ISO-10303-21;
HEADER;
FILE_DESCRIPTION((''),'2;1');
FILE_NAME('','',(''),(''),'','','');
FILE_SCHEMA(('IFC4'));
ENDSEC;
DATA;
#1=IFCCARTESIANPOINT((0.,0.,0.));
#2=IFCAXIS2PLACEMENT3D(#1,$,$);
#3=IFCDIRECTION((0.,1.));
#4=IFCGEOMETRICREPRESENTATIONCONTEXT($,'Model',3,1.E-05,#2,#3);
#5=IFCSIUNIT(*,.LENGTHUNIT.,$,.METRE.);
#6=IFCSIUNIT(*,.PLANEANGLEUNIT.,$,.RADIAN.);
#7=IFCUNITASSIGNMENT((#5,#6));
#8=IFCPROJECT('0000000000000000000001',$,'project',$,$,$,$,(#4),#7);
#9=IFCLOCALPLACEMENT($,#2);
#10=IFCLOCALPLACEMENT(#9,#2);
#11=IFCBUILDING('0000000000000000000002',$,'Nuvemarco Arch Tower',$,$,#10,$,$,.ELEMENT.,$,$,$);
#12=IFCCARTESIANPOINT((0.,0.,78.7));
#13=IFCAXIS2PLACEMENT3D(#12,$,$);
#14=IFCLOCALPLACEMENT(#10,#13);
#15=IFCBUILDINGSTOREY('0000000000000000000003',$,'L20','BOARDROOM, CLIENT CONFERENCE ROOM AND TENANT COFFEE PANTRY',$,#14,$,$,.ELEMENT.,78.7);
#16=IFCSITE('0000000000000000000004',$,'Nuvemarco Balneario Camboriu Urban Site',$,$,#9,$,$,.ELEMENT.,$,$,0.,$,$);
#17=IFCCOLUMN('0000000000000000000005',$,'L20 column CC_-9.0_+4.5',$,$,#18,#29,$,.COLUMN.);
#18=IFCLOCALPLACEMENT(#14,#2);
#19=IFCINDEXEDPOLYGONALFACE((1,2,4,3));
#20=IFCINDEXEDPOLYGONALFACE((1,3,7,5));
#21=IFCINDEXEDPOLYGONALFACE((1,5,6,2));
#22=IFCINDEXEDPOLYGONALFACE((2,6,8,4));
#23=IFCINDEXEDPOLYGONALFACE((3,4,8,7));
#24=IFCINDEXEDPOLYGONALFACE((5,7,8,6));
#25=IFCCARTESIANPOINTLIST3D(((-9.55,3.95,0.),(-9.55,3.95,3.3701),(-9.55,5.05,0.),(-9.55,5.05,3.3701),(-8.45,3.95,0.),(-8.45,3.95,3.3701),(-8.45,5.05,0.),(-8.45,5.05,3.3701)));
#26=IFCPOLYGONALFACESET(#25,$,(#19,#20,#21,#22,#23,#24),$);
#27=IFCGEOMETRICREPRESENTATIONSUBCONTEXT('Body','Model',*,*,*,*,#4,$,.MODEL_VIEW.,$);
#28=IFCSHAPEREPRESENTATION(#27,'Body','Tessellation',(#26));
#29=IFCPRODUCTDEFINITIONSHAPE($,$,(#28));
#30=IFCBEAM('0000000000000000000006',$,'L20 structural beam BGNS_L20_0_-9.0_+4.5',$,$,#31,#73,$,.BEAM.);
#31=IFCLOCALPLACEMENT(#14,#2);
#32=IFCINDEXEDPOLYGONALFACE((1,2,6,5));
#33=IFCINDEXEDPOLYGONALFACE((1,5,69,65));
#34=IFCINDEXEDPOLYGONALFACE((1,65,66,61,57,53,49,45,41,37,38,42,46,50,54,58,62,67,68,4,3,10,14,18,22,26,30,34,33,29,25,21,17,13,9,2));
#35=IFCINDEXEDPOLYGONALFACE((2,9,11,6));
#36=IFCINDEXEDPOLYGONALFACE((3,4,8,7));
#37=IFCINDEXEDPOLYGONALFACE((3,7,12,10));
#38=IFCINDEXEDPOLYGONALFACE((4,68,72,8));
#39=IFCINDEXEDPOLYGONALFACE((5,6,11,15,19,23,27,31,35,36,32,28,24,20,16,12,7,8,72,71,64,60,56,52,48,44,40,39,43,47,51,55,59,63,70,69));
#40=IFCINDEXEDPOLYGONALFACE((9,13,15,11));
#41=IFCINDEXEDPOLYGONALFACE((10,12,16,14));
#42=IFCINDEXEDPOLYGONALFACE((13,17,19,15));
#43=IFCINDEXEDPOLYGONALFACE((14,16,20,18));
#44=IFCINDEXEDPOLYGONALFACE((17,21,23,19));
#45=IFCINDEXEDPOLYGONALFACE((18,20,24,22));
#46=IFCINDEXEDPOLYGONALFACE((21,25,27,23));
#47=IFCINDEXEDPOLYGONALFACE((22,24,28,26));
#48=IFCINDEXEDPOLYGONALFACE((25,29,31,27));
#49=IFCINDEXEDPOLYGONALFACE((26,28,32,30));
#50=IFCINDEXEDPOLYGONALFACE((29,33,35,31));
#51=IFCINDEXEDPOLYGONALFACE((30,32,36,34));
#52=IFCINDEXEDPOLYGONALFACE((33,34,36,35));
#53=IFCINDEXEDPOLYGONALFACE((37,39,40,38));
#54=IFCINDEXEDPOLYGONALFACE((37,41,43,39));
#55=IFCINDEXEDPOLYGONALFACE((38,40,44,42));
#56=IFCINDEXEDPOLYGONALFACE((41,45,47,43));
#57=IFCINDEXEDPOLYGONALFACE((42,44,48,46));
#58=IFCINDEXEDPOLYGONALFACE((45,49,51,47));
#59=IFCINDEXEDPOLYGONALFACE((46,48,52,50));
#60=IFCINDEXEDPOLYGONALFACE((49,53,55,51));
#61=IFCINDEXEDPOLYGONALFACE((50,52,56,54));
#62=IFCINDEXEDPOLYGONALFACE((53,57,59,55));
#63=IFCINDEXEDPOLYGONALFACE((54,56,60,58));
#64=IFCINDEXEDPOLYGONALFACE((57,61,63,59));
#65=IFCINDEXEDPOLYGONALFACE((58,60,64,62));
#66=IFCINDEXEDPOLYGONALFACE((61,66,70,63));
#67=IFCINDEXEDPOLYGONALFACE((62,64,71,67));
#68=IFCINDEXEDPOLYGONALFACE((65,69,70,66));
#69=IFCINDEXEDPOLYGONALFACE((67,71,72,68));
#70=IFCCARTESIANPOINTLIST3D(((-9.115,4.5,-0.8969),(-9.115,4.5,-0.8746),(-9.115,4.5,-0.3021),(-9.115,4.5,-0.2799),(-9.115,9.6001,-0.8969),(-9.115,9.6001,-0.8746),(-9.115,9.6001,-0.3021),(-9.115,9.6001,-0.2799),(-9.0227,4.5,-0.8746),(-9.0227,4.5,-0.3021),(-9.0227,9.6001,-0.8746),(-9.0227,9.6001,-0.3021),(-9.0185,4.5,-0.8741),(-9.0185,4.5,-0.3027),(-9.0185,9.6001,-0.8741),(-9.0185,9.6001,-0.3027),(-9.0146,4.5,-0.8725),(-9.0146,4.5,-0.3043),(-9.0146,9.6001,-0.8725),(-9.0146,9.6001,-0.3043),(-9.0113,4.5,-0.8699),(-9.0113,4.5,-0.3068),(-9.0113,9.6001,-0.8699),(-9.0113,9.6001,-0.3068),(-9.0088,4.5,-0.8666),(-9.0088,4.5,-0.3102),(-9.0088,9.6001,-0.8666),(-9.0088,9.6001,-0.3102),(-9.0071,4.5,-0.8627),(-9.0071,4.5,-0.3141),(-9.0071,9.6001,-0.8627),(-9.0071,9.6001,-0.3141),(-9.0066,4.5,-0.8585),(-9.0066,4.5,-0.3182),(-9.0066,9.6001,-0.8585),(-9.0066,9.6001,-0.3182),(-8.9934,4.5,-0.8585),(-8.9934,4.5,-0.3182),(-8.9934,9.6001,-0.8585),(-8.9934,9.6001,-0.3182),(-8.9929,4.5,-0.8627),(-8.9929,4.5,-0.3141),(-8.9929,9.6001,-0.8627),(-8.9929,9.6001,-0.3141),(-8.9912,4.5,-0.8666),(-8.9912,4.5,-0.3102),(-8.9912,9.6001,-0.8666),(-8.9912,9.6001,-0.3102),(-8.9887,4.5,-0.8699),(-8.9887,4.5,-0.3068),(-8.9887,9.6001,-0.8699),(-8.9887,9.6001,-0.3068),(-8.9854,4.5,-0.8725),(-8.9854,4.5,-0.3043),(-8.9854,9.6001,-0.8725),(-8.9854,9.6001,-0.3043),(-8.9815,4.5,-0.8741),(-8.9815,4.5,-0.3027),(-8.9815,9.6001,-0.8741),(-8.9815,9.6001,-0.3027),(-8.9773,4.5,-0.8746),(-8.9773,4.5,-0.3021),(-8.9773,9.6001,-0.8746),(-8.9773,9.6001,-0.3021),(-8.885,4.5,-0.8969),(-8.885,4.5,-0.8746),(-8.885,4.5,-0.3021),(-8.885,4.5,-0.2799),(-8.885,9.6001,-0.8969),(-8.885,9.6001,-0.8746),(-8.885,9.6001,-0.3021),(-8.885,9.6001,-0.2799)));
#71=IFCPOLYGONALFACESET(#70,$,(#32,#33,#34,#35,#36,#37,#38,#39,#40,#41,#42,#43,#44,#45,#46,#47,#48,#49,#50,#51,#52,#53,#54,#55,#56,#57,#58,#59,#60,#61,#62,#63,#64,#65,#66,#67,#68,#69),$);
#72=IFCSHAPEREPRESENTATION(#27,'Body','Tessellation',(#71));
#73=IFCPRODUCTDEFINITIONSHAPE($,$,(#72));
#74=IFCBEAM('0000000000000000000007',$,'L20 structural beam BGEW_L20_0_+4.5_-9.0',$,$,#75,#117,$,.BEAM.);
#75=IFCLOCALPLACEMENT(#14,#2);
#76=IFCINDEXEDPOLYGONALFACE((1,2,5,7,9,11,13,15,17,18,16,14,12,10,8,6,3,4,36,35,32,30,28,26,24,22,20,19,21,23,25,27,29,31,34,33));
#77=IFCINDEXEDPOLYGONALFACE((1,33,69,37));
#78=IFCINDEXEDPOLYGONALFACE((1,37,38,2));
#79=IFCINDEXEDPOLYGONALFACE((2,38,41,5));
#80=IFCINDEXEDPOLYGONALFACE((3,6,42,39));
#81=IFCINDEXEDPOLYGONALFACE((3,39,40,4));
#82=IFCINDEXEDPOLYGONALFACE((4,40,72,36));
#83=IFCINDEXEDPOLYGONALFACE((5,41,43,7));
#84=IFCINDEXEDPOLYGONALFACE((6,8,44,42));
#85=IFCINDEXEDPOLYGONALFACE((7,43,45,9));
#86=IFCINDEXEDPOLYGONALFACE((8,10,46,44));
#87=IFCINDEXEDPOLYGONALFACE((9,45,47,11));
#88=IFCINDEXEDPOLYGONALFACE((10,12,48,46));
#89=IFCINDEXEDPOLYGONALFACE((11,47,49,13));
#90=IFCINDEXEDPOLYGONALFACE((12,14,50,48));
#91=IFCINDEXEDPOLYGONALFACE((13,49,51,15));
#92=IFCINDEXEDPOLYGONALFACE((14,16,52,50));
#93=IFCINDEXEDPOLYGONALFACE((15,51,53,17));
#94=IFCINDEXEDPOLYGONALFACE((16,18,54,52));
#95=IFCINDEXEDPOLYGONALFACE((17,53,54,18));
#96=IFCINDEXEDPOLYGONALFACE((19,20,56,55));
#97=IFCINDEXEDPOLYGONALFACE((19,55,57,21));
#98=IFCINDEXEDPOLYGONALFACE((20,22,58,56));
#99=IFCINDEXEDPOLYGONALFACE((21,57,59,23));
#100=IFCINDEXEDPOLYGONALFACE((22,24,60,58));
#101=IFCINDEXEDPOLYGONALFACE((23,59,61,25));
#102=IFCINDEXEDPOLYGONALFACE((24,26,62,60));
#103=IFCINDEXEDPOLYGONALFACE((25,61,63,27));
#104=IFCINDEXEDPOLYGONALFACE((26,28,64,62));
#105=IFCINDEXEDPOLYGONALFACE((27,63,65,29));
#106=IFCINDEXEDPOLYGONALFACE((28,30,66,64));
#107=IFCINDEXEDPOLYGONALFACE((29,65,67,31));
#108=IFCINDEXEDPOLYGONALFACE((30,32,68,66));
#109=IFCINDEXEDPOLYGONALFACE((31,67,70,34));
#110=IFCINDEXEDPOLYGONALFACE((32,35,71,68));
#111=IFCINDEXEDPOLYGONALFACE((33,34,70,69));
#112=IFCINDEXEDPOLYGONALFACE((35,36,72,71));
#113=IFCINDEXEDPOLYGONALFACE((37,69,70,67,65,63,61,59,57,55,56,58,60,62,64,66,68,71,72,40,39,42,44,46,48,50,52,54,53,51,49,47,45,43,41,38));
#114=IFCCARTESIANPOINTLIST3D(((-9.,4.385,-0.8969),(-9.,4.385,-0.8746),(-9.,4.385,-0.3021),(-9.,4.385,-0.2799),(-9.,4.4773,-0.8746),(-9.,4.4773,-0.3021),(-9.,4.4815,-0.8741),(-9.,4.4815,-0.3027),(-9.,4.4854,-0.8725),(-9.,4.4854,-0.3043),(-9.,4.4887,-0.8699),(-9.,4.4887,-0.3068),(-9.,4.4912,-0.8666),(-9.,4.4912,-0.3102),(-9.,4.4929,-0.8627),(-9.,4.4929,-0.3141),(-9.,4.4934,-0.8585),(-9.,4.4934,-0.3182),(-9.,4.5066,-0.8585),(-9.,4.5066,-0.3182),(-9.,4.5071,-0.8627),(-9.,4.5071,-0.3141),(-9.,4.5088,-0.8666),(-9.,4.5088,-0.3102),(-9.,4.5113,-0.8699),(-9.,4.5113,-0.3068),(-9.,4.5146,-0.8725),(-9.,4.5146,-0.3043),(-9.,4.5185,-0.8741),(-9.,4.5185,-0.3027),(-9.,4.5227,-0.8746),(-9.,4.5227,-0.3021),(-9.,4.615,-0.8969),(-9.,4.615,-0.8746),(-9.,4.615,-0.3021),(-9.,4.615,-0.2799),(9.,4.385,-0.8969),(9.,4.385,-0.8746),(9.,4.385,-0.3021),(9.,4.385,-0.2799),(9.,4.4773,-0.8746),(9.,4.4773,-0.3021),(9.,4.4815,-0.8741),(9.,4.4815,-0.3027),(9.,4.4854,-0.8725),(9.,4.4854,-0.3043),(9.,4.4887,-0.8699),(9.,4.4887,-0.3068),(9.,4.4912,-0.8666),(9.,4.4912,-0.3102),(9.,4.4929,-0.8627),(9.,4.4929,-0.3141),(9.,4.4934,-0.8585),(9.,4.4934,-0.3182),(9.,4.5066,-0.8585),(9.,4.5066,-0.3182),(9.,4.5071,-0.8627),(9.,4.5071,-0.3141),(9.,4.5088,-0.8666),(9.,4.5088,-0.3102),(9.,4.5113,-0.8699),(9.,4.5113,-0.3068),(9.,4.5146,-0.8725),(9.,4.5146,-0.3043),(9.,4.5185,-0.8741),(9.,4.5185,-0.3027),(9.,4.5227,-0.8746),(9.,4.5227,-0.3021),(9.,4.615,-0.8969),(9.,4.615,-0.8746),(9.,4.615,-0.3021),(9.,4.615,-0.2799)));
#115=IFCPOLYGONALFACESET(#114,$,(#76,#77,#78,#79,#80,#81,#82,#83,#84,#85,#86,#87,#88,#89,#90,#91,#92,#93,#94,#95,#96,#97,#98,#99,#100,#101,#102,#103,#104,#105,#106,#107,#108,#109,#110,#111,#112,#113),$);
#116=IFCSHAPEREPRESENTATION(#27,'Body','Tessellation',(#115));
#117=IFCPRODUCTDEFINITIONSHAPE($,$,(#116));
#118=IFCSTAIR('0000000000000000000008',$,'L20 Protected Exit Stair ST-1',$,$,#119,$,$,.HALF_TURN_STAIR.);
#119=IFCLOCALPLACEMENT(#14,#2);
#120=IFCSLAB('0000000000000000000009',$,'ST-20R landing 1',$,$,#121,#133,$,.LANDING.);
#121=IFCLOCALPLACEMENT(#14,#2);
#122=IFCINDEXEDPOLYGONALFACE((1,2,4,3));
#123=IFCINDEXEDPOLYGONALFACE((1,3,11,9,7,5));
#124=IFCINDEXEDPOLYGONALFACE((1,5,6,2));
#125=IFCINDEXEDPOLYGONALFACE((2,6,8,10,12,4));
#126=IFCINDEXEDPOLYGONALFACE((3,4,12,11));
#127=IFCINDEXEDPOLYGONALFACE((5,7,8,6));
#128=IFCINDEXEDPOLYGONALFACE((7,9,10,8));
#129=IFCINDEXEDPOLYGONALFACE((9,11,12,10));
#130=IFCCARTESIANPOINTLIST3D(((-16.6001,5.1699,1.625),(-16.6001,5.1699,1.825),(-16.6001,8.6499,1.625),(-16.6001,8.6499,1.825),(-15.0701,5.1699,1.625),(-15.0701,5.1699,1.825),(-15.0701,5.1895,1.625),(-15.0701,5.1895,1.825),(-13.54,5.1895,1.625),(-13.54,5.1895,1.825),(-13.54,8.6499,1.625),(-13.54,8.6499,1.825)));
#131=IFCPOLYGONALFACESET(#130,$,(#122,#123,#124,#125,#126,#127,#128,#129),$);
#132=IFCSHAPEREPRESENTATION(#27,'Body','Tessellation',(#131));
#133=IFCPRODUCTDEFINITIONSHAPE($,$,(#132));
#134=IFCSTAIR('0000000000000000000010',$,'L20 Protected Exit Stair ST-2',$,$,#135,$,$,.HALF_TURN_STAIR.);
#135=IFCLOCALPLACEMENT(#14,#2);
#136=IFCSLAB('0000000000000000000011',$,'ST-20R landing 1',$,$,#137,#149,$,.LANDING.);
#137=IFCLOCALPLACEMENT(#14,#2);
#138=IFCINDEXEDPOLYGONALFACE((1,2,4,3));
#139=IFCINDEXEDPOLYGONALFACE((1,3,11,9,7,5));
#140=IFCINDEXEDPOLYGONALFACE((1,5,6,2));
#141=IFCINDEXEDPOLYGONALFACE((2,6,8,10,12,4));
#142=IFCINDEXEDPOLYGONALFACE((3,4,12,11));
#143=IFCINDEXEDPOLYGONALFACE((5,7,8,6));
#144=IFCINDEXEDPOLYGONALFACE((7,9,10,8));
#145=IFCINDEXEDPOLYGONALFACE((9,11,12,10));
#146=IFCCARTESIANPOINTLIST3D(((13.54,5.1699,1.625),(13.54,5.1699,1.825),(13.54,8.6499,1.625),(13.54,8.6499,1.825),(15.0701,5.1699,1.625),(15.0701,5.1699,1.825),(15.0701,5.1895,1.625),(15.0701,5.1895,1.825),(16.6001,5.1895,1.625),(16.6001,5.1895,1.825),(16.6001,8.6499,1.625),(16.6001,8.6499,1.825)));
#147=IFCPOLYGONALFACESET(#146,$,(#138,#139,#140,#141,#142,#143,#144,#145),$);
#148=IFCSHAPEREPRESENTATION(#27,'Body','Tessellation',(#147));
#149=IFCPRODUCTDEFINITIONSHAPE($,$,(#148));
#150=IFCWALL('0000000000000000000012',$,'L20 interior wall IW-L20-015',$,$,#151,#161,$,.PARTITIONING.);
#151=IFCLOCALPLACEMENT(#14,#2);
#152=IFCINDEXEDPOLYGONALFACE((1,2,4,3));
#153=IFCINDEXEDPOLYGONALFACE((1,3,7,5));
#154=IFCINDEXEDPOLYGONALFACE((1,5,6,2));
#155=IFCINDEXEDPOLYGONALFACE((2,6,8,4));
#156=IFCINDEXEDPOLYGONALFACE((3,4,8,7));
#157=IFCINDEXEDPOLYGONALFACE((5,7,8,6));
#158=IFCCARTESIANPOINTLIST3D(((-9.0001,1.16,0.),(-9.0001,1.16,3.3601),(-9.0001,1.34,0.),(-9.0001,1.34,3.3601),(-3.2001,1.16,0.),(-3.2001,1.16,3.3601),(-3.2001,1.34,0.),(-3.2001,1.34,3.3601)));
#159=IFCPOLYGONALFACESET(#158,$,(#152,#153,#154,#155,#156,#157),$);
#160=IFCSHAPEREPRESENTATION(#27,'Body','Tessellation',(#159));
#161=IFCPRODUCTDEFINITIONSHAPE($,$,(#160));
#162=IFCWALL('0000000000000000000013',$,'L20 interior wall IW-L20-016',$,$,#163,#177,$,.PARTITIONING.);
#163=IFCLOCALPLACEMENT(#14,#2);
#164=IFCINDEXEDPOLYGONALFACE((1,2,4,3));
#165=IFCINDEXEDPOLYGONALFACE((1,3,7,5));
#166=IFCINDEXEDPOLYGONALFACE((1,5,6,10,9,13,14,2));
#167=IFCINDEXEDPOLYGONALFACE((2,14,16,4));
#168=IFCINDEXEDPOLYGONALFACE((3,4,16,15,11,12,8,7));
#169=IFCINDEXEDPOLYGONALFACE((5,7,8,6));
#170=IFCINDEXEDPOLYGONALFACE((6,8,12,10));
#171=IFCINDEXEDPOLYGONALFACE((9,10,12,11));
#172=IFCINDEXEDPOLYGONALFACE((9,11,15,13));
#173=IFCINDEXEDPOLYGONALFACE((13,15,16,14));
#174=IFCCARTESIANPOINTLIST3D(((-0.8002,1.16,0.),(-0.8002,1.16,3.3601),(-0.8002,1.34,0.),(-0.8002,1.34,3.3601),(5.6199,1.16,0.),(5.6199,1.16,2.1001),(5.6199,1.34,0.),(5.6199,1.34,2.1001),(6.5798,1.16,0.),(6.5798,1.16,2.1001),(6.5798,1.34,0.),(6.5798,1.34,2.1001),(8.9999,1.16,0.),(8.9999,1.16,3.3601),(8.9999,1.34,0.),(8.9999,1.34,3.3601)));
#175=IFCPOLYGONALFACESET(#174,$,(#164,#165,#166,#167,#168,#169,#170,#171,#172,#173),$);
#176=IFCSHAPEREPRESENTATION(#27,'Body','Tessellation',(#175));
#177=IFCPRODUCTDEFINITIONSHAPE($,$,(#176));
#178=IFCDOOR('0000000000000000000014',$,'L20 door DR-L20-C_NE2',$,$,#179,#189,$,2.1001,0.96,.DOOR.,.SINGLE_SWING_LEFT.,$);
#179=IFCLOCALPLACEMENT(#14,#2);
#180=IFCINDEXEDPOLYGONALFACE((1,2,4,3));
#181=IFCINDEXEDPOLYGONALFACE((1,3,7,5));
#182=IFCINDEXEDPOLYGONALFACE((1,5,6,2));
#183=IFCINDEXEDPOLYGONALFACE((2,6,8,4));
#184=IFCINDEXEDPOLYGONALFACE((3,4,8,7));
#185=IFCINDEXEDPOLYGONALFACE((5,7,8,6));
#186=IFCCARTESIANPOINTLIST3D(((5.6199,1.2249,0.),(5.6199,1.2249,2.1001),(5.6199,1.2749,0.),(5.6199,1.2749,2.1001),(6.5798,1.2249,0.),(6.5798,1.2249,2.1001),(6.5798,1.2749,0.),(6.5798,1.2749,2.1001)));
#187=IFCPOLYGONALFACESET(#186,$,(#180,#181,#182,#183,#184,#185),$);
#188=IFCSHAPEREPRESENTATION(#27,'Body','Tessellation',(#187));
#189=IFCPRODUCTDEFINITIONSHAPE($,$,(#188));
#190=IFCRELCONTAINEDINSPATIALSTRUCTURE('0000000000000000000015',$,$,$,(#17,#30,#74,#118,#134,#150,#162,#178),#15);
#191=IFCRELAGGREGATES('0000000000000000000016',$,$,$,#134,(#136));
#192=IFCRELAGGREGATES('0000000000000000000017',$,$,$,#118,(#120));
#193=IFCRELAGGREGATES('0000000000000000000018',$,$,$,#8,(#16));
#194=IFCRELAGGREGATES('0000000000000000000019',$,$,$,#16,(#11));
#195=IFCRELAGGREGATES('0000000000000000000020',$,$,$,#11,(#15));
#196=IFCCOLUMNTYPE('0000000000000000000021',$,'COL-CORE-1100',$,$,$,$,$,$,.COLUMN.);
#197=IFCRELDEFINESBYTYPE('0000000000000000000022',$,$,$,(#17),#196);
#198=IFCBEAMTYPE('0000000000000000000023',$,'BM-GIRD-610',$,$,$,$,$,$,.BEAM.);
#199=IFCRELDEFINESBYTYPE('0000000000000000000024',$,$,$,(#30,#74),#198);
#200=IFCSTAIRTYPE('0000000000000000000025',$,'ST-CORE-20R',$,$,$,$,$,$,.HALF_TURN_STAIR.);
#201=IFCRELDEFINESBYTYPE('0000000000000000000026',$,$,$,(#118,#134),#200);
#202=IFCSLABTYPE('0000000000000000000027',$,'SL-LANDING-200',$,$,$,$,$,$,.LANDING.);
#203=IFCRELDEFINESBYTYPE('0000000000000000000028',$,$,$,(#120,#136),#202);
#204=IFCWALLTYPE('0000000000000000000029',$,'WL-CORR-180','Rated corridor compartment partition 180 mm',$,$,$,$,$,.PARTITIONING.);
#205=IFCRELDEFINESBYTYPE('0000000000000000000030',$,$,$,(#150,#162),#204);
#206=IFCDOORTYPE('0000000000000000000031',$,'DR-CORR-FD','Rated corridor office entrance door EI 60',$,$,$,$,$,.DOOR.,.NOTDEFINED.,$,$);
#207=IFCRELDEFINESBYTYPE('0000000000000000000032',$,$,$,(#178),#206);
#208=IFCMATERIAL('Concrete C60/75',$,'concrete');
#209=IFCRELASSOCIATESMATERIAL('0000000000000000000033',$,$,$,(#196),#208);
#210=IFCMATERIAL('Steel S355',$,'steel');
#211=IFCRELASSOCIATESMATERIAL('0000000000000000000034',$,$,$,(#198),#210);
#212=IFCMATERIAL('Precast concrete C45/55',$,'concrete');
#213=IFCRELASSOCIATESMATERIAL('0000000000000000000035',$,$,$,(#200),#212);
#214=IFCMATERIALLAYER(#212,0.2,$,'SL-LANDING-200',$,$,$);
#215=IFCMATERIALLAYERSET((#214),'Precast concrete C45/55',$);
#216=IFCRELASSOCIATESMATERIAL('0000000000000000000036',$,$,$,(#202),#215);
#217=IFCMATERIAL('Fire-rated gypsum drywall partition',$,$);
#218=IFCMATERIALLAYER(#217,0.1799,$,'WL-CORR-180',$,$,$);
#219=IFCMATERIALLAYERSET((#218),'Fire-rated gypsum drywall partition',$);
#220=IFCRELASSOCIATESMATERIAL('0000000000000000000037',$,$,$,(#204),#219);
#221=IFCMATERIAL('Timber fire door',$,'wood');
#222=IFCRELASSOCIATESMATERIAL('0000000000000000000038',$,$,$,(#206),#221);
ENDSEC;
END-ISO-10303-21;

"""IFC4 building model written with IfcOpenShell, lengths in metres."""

from ifc_helpers import new_model, si_unit, direction, frame, frame_2d, origin, origin_2d, place, context, subcontext, project, spatial, polyline, rectangle, i_section, outline, extrude, source, transform, mapped, material, layer, layer_set, material_profile, profile_set, type_object, type_shapes, element, fill, aggregate, save


model = new_model("IFC4")

# Units and contexts
model_context = context("Model", 3, precision=1e-05, world=origin(), true_north=direction((0.0, 1.0)))
body_context = subcontext(model_context, "Body", "Model", "MODEL_VIEW")
ifc_project = project(units=[si_unit("LENGTHUNIT", "METRE"), si_unit("PLANEANGLEUNIT", "RADIAN")], contexts=[model_context])

# Site, building, storey
site_placement = place(None, origin())
site = spatial("IfcSite", under=ifc_project, at=site_placement, Name="Nuvemarco Balneario Camboriu Urban Site", CompositionType="ELEMENT", RefElevation=0.0)
building_placement = place(site_placement, origin())
building = spatial("IfcBuilding", under=site, at=building_placement, Name="Nuvemarco Arch Tower", CompositionType="ELEMENT")
storey_placement = place(building_placement, frame((0.0, 0.0, 78.7)))
storey = spatial("IfcBuildingStorey", under=building, at=storey_placement, Name="L20", Description="BOARDROOM, CLIENT CONFERENCE ROOM AND TENANT COFFEE PANTRY", CompositionType="ELEMENT", Elevation=78.7)

# Column
ifc_material_1 = material(Name="Concrete C60/75", Category="concrete")
ifc_material_profile_1 = material_profile(ifc_material_1, rectangle(XDim=1.1001, YDim=1.1001, at=origin_2d()), Name="RC-COL-1100x1100")
ifc_profile_set_1 = profile_set([ifc_material_profile_1], Name="Concrete C60/75")
column_type = type_object("IfcColumnType", Name="COL-CORE-1100", PredefinedType="COLUMN", material=ifc_profile_set_1)
column_placement = place(storey_placement, frame((-9.0, 4.5, 0.0), z_axis=(0.0, 0.0, 1.0), x_axis=(1.0, 0.0, 0.0)))
element("IfcColumn", 1, at=column_placement, inside=storey, type_object=column_type, Name="L20 column CC_-9.0_+4.5", PredefinedType="COLUMN", context=body_context, shape_type="SweptSolid", body=[
    extrude(rectangle(XDim=1.1001, YDim=1.1001, at=origin_2d()), origin(), (0.0, 0.0, 1.0), 3.3701),
])

# Beams
ifc_material_2 = material(Name="Steel S355", Category="steel")
ifc_material_profile_2 = material_profile(ifc_material_2, i_section(OverallWidth=0.23, OverallDepth=0.6169, WebThickness=0.0132, FlangeThickness=0.0222, FilletRadius=0.0161, at=origin_2d()), Name="W610x140")
ifc_profile_set_2 = profile_set([ifc_material_profile_2], Name="Steel S355")
beam_type = type_object("IfcBeamType", Name="BM-GIRD-610", PredefinedType="BEAM", material=ifc_profile_set_2)
beam_1_placement = place(storey_placement, frame((-9.0, 4.5, -0.5884), z_axis=(0.0, 1.0, 0.0), x_axis=(-1.0, 0.0, 0.0)))
element("IfcBeam", 2, at=beam_1_placement, inside=storey, type_object=beam_type, Name="L20 structural beam BGNS_L20_0_-9.0_+4.5", PredefinedType="BEAM", context=body_context, shape_type="SweptSolid", body=[
    extrude(i_section(OverallWidth=0.23, OverallDepth=0.6169, WebThickness=0.0132, FlangeThickness=0.0222, FilletRadius=0.0161, at=origin_2d()), origin(), (0.0, 0.0, 1.0), 5.1001),
])
beam_2_placement = place(storey_placement, frame((-9.0, 4.5, -0.5884), z_axis=(1.0, 0.0, 0.0), x_axis=(0.0, 1.0, 0.0)))
element("IfcBeam", 3, at=beam_2_placement, inside=storey, type_object=beam_type, Name="L20 structural beam BGEW_L20_0_+4.5_-9.0", PredefinedType="BEAM", context=body_context, shape_type="SweptSolid", body=[
    extrude(i_section(OverallWidth=0.23, OverallDepth=0.6169, WebThickness=0.0132, FlangeThickness=0.0222, FilletRadius=0.0161, at=origin_2d()), origin(), (0.0, 0.0, 1.0), 18.0),
])

# Stairs, slabs
ifc_material_3 = material(Name="Precast concrete C45/55", Category="concrete")
stair_type = type_object("IfcStairType", Name="ST-CORE-20R", PredefinedType="HALF_TURN_STAIR", material=ifc_material_3)
stair_1_placement = place(storey_placement, origin())
stair_1 = element("IfcStair", 4, at=stair_1_placement, inside=storey, type_object=stair_type, Name="L20 Protected Exit Stair ST-1", PredefinedType="HALF_TURN_STAIR")
ifc_layer_1 = layer(ifc_material_3, 0.2, Name="SL-LANDING-200")
ifc_layer_set_1 = layer_set([ifc_layer_1], Name="Precast concrete C45/55")
slab_type = type_object("IfcSlabType", Name="SL-LANDING-200", PredefinedType="LANDING", material=ifc_layer_set_1)
slab_1_placement = place(storey_placement, frame((0.0, 0.0, 1.625)))
slab_1 = element("IfcSlab", 5, at=slab_1_placement, type_object=slab_type, Name="ST-20R landing 1", PredefinedType="LANDING", context=body_context, shape_type="SweptSolid", body=[
    extrude(outline(polyline([(-13.54, 5.1895), (-13.54, 8.6499), (-16.6001, 8.6499), (-16.6001, 5.1699), (-15.0701, 5.1699), (-15.0701, 5.1895), (-13.54, 5.1895)])), origin(), (0.0, 0.0, 1.0), 0.2),
])
stair_2_placement = place(storey_placement, origin())
stair_2 = element("IfcStair", 6, at=stair_2_placement, inside=storey, type_object=stair_type, Name="L20 Protected Exit Stair ST-2", PredefinedType="HALF_TURN_STAIR")
slab_2_placement = place(storey_placement, frame((0.0, 0.0, 1.625)))
slab_2 = element("IfcSlab", 7, at=slab_2_placement, type_object=slab_type, Name="ST-20R landing 1", PredefinedType="LANDING", context=body_context, shape_type="SweptSolid", body=[
    extrude(outline(polyline([(16.6001, 5.1895), (16.6001, 8.6499), (13.54, 8.6499), (13.54, 5.1699), (15.0701, 5.1699), (15.0701, 5.1895), (16.6001, 5.1895)])), origin(), (0.0, 0.0, 1.0), 0.2),
])
aggregate(stair_2, [slab_2])

# Wall
ifc_material_4 = material(Name="Fire-rated gypsum drywall partition")
ifc_layer_2 = layer(ifc_material_4, 0.1799, Name="WL-CORR-180")
ifc_layer_set_2 = layer_set([ifc_layer_2], Name="Fire-rated gypsum drywall partition")
wall_type_1 = type_object("IfcWallType", Name="WL-CORR-180", Description="Rated corridor compartment partition 180 mm", PredefinedType="PARTITIONING", material=ifc_layer_set_2)
wall_1_placement = place(storey_placement, frame((-9.0, 1.25, 0.0), z_axis=(0.0, 0.0, 1.0), x_axis=(1.0, 0.0, 0.0)))
element("IfcWall", 8, at=wall_1_placement, inside=storey, type_object=wall_type_1, Name="L20 interior wall IW-L20-015", PredefinedType="PARTITIONING", context=body_context, shape_type="SweptSolid", body=[
    extrude(rectangle(XDim=5.8, YDim=0.1799, at=frame_2d((2.8999, 0.0))), origin(), (0.0, 0.0, 1.0), 3.3601),
])

# Wall, opening, door
wall_2_placement = place(storey_placement, frame((-0.8, 1.25, 0.0), z_axis=(0.0, 0.0, 1.0), x_axis=(1.0, 0.0, 0.0)))
wall_2 = element("IfcWall", 9, at=wall_2_placement, inside=storey, type_object=wall_type_1, Name="L20 interior wall IW-L20-016", PredefinedType="PARTITIONING", context=body_context, shape_type="SweptSolid", body=[
    extrude(rectangle(XDim=9.8, YDim=0.1799, at=frame_2d((4.8999, 0.0))), origin(), (0.0, 0.0, 1.0), 3.3601),
])
opening_1_placement = place(wall_2_placement, frame((6.4199, 0.0, 0.0)))
opening_1 = element("IfcOpeningElement", 10, at=opening_1_placement, cuts=wall_2, PredefinedType="OPENING", context=body_context, shape_type="SweptSolid", body=[
    extrude(rectangle(XDim=0.96, YDim=2.1001, at=frame_2d((0.48, 1.05))), frame((0.0, 0.0999, 0.0), z_axis=(0.0, -1.0, 0.0), x_axis=(1.0, 0.0, 0.0)), (0.0, 0.0, 1.0), 0.2),
])
ifc_material_5 = material(Name="Timber fire door", Category="wood")
door_type_1 = type_object("IfcDoorType", Name="DR-CORR-FD", Description="Rated corridor office entrance door EI 60", OperationType="NOTDEFINED", PredefinedType="DOOR", material=ifc_material_5)
shared_shape_1 = source(origin(), body_context, "Body", "SweptSolid", [
    extrude(rectangle(XDim=0.96, YDim=2.1001, at=frame_2d((0.48, 1.05))), frame((0.0, 0.0249, 0.0), z_axis=(0.0, -1.0, 0.0), x_axis=(1.0, 0.0, 0.0)), (0.0, 0.0, 1.0), 0.05),
])
type_shapes(door_type_1, [shared_shape_1])
door_1_placement = place(opening_1_placement, origin())
door_1 = element("IfcDoor", 11, at=door_1_placement, inside=storey, type_object=door_type_1, Name="L20 door DR-L20-C_NE2", OperationType="SINGLE_SWING_LEFT", OverallHeight=2.1001, OverallWidth=0.96, PredefinedType="DOOR", context=body_context, shape_type="MappedRepresentation", body=[
    mapped(shared_shape_1, transform((0.0, 0.0, 0.0), scale=1.0)),
])
fill(opening_1, door_1)

aggregate(stair_1, [slab_1])

save(model, "model.ifc")
